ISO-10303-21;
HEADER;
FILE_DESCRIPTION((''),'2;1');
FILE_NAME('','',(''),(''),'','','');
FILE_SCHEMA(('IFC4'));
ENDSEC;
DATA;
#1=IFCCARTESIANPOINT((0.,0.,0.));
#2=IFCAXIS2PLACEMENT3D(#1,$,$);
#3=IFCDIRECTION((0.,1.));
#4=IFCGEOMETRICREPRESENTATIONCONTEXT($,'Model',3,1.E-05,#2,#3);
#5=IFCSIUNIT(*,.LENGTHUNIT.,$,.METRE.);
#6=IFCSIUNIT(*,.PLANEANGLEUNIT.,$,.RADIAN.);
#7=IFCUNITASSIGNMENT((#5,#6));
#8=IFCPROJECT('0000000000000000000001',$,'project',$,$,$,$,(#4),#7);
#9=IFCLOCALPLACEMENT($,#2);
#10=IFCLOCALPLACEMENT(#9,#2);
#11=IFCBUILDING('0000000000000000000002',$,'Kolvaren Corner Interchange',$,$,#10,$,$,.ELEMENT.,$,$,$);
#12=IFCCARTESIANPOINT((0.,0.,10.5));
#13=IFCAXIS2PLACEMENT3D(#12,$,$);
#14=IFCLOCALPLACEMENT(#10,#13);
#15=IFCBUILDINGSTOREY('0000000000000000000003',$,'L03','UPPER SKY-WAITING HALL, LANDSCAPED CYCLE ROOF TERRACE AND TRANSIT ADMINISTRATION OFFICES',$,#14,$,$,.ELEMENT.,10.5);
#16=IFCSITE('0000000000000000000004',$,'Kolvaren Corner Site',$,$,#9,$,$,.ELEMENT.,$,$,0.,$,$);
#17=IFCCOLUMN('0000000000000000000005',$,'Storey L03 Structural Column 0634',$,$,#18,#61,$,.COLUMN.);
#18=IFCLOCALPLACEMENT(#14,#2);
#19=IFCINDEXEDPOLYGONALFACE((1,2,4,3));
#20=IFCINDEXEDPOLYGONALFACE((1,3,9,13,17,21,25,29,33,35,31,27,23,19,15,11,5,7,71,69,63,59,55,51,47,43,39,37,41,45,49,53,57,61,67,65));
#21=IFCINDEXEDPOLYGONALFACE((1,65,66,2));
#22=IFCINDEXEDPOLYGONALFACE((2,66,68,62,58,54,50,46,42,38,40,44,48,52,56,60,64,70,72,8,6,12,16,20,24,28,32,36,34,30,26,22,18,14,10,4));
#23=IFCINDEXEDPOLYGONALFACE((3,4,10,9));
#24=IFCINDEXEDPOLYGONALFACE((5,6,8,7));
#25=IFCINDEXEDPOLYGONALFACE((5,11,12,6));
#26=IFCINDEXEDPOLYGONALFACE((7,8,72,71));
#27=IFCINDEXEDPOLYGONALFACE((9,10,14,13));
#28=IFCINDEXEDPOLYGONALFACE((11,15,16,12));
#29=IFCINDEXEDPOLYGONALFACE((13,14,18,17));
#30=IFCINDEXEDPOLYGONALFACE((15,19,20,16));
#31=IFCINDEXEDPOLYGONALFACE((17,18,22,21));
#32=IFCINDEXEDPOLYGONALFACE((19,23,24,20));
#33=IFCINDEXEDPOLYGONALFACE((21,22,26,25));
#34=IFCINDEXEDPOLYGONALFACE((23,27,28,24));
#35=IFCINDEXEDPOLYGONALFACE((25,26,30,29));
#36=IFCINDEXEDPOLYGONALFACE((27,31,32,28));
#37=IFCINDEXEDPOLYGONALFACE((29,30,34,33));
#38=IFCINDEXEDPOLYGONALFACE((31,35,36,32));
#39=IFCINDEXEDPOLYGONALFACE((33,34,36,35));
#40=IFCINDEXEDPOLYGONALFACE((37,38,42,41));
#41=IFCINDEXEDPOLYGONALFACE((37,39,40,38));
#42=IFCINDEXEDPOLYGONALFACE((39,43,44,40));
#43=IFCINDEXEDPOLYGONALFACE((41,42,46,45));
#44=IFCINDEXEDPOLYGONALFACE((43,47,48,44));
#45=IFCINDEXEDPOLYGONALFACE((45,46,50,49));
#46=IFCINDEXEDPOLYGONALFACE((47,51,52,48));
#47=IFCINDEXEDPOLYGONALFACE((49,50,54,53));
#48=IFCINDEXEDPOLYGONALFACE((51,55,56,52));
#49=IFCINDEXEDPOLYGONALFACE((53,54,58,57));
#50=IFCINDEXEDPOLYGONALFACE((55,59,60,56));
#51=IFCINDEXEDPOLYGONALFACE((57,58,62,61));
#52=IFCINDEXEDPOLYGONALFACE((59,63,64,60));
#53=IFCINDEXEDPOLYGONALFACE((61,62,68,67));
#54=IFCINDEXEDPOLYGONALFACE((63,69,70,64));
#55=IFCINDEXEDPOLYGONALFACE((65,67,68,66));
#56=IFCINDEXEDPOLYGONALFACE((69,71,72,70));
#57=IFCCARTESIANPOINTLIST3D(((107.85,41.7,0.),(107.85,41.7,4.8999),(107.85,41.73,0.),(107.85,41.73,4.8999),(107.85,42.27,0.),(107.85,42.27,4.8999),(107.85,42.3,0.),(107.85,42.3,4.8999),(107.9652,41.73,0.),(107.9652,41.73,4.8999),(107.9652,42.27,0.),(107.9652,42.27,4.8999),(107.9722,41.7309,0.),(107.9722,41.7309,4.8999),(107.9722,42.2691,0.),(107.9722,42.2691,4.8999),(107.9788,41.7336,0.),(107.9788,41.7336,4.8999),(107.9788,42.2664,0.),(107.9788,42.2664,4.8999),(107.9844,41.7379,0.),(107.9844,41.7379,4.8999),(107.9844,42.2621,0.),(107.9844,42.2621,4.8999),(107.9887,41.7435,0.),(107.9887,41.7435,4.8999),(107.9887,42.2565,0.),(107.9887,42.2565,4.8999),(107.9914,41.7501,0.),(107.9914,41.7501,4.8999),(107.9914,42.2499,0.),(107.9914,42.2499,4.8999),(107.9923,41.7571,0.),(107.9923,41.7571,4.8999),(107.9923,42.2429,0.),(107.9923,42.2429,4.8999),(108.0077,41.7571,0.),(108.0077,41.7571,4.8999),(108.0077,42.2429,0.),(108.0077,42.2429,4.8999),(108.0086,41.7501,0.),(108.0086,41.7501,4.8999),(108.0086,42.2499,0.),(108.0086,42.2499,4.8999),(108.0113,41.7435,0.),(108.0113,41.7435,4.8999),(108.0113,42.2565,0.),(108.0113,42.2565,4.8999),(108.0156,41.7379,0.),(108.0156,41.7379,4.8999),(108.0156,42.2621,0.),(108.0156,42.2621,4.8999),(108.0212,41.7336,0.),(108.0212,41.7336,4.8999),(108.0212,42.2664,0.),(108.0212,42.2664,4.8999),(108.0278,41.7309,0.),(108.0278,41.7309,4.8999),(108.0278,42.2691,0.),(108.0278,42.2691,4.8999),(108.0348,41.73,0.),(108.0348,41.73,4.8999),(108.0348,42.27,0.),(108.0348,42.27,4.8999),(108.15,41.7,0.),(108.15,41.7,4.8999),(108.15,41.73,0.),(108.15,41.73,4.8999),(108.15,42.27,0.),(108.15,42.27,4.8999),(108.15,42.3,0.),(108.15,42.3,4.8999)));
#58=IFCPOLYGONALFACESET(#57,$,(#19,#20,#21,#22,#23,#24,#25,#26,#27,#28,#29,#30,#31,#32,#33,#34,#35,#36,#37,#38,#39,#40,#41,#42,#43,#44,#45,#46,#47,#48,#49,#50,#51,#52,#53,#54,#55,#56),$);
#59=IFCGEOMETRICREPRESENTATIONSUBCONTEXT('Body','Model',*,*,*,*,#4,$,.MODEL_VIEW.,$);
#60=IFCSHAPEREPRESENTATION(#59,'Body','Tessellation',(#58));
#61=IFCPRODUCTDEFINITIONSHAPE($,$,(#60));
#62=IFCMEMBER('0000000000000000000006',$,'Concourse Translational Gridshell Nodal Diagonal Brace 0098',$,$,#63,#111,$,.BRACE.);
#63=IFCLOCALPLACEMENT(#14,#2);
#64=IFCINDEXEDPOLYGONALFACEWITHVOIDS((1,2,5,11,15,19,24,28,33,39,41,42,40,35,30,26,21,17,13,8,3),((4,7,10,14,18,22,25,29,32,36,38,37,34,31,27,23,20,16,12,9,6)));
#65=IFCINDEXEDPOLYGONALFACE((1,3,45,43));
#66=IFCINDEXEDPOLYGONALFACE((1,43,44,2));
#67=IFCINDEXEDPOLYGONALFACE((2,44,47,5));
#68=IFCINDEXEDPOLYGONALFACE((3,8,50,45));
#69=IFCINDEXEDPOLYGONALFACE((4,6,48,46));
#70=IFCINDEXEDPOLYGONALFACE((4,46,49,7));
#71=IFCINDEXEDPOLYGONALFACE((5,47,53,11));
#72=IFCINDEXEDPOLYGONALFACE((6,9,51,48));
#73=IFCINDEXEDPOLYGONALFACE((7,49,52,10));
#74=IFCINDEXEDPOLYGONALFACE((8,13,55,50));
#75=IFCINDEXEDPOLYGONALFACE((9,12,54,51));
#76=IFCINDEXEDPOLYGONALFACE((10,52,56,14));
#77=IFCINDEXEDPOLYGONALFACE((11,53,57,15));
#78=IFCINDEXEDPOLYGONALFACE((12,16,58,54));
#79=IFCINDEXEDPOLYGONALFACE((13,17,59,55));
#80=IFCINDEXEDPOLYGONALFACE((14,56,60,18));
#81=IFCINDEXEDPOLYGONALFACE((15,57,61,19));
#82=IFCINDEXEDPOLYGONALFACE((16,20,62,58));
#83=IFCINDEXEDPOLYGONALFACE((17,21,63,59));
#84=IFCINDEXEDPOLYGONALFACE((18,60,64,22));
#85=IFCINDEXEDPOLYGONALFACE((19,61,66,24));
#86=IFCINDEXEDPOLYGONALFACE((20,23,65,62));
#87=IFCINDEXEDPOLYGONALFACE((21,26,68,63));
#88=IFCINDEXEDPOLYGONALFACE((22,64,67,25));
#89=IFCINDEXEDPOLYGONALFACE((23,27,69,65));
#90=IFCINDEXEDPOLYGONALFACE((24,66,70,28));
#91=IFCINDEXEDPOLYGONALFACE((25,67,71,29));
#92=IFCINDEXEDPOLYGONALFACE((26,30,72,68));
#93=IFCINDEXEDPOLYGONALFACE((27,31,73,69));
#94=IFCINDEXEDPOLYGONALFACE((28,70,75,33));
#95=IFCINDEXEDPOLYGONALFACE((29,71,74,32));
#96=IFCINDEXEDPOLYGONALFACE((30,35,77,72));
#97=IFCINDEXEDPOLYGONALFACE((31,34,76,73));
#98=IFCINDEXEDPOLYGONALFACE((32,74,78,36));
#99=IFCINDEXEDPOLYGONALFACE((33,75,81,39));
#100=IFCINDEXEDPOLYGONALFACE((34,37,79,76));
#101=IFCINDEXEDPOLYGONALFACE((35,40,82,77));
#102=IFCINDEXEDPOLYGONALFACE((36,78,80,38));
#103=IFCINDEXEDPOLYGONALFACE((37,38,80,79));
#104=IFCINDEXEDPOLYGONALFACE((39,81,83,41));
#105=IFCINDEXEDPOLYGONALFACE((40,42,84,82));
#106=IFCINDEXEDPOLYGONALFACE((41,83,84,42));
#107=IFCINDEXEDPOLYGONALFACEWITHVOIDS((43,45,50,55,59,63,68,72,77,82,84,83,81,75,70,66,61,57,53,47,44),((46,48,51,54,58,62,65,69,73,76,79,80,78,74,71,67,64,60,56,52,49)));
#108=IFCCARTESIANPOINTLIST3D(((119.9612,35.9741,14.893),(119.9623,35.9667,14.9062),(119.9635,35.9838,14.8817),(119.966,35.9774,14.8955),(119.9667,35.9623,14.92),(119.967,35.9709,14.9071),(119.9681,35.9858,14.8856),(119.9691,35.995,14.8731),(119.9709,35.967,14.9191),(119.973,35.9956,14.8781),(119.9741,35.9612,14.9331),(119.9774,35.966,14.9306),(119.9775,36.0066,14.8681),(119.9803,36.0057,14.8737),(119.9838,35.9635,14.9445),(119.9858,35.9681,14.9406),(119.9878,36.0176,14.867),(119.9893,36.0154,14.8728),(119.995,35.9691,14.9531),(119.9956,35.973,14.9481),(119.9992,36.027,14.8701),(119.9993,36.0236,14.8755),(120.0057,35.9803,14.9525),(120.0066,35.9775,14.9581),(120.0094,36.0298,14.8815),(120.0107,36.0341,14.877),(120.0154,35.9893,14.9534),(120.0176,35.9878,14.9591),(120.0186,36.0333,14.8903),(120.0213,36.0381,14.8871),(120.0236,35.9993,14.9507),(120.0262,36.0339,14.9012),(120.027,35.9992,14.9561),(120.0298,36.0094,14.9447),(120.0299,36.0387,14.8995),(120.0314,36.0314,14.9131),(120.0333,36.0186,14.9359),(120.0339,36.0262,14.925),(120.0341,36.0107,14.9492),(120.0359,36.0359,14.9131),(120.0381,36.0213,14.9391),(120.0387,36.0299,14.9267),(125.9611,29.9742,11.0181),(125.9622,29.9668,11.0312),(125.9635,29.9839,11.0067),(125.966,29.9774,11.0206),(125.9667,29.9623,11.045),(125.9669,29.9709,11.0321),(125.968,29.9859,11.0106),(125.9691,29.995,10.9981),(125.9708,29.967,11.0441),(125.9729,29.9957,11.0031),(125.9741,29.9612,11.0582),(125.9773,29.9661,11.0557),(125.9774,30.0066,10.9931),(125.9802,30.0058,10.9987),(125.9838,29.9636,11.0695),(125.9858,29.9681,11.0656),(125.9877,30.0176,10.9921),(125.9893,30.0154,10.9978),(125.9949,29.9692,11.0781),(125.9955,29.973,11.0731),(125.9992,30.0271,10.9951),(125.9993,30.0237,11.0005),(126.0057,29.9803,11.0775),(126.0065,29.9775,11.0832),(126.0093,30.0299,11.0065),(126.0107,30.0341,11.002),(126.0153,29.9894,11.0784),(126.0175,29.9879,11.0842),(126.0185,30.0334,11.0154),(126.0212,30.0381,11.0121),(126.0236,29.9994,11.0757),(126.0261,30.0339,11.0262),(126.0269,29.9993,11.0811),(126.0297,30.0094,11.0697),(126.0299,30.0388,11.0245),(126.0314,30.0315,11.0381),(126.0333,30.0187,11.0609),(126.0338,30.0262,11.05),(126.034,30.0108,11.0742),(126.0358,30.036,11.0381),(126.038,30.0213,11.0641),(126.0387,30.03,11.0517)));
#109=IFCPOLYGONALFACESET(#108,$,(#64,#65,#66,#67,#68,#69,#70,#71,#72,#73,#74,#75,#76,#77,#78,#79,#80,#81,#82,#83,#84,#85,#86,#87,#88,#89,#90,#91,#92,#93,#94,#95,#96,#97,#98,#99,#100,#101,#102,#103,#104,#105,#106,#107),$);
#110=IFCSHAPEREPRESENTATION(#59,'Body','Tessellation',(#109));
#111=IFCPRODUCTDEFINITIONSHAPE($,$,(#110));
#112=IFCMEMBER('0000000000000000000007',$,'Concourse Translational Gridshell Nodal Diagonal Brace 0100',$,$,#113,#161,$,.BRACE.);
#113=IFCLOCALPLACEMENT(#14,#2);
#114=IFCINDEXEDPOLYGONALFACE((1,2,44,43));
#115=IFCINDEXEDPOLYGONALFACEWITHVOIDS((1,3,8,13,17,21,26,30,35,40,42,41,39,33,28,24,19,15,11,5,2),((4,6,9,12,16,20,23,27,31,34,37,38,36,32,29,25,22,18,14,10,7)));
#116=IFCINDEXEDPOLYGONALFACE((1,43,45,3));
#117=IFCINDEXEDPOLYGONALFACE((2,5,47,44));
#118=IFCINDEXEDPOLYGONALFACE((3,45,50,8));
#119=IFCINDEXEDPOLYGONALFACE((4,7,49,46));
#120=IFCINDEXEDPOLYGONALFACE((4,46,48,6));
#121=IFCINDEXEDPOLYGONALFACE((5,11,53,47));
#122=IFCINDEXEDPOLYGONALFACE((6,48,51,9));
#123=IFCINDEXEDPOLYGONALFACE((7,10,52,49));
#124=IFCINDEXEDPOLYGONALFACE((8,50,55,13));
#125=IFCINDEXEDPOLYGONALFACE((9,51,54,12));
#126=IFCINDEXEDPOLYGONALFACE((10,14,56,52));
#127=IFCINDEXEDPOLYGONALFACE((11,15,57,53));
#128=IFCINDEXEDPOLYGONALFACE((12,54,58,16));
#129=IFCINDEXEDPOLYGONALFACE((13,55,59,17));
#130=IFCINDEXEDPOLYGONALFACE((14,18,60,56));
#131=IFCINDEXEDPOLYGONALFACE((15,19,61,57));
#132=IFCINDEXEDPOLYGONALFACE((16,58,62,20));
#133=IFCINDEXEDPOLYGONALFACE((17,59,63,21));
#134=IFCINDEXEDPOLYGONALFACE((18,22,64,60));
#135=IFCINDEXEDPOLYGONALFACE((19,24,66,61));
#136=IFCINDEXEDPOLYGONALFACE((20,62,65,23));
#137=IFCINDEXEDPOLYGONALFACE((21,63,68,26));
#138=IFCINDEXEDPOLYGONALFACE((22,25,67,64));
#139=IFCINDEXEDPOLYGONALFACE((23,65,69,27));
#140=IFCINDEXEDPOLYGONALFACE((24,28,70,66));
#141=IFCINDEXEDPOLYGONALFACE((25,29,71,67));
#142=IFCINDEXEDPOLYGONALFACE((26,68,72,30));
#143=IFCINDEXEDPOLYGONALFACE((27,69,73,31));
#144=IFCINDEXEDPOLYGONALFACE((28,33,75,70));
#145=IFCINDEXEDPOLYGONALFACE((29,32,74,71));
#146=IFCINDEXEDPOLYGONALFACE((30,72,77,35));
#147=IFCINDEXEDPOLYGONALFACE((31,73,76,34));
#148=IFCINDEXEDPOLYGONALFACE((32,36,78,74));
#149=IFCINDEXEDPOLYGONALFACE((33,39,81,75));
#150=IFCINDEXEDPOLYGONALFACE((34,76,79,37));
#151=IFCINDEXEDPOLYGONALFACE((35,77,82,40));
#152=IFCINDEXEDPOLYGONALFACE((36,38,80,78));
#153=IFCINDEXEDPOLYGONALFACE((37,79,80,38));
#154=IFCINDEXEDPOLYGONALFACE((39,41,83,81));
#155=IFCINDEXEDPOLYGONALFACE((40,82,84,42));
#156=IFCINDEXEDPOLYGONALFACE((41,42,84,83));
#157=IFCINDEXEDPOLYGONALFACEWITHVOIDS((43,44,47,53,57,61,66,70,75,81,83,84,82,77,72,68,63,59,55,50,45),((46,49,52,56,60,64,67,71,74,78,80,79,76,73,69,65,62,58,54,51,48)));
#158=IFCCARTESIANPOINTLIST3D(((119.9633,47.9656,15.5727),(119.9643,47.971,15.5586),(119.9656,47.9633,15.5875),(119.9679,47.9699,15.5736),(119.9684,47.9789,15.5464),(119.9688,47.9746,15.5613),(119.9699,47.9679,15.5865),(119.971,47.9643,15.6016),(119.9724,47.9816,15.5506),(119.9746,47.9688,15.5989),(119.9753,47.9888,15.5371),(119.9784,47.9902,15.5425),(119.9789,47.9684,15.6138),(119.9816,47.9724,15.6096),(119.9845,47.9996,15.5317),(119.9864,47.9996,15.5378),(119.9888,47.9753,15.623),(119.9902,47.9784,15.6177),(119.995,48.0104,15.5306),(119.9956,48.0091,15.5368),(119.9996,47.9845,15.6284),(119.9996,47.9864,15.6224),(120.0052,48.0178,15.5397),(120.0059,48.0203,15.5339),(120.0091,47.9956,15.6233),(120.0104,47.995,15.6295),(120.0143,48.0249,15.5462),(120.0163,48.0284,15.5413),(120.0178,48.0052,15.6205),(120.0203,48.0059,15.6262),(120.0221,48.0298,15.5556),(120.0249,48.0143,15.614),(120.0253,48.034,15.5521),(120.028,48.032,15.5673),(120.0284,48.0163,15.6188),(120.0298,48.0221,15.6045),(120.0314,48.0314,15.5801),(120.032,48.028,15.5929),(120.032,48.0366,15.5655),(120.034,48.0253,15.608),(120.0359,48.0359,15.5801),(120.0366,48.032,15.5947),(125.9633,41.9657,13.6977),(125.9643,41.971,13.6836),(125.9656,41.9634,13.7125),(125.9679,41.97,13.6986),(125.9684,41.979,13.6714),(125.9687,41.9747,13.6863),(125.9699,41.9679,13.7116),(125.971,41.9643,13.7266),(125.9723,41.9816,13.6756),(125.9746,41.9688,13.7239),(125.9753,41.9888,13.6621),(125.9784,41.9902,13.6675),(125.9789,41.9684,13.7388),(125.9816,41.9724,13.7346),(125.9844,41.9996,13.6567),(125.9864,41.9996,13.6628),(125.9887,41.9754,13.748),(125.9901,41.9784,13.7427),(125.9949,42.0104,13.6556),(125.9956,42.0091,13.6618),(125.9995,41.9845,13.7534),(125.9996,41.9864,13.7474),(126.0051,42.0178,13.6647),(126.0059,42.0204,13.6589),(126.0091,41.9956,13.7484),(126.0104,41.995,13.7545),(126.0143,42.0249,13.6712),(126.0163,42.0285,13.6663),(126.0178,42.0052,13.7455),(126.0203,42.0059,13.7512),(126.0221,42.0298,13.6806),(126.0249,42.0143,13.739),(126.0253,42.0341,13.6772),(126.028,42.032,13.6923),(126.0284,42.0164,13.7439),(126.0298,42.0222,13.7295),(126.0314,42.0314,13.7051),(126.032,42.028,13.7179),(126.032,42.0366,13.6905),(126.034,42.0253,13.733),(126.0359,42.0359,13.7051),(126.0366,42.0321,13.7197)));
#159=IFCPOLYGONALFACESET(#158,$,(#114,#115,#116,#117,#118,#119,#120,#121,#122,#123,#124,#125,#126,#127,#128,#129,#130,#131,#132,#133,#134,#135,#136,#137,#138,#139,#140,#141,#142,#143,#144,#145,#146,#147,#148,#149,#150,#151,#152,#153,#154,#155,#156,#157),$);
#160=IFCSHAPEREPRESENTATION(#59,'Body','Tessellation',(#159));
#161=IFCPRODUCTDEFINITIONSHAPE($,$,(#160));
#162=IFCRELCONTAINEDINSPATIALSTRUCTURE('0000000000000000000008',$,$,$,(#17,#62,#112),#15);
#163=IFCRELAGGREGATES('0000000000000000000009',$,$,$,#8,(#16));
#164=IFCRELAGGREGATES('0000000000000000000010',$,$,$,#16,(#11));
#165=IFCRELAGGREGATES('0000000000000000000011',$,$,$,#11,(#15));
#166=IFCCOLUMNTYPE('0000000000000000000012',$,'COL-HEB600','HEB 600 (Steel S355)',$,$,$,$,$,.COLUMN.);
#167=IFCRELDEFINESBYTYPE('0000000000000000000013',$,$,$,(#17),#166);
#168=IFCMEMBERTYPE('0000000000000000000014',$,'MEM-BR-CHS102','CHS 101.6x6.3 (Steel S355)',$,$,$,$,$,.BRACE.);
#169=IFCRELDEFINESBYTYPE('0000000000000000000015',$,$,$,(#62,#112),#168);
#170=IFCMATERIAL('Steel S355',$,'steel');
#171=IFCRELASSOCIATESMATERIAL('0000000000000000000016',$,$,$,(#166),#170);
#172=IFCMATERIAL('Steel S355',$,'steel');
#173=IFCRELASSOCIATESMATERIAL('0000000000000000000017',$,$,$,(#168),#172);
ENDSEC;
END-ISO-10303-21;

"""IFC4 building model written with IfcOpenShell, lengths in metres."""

from ifc_helpers import new_model, si_unit, direction, frame, origin, origin_2d, place, context, subcontext, project, spatial, hollow_circle, i_section, extrude, material, material_profile, profile_set, type_object, element, save


model = new_model("IFC4")

# Units and contexts
model_context = context("Model", 3, precision=1e-05, world=origin(), true_north=direction((0.0, 1.0)))
body_context = subcontext(model_context, "Body", "Model", "MODEL_VIEW")
ifc_project = project(units=[si_unit("LENGTHUNIT", "METRE"), si_unit("PLANEANGLEUNIT", "RADIAN")], contexts=[model_context])

# Site, building, storey
site_placement = place(None, origin())
site = spatial("IfcSite", under=ifc_project, at=site_placement, Name="Kolvaren Corner Site", CompositionType="ELEMENT", RefElevation=0.0)
building_placement = place(site_placement, origin())
building = spatial("IfcBuilding", under=site, at=building_placement, Name="Kolvaren Corner Interchange", CompositionType="ELEMENT")
storey_placement = place(building_placement, frame((0.0, 0.0, 10.5)))
storey = spatial("IfcBuildingStorey", under=building, at=storey_placement, Name="L03", Description="UPPER SKY-WAITING HALL, LANDSCAPED CYCLE ROOF TERRACE AND TRANSIT ADMINISTRATION OFFICES", CompositionType="ELEMENT", Elevation=10.5)

# Column
ifc_material_1 = material(Name="Steel S355", Category="steel")
ifc_material_profile_1 = material_profile(ifc_material_1, i_section(OverallWidth=0.3, OverallDepth=0.6001, WebThickness=0.0154, FlangeThickness=0.03, FilletRadius=0.0271, at=origin_2d()), Name="HEB 600")
ifc_profile_set_1 = profile_set([ifc_material_profile_1], Name="Steel S355")
column_type = type_object("IfcColumnType", Name="COL-HEB600", Description="HEB 600 (Steel S355)", PredefinedType="COLUMN", material=ifc_profile_set_1)
column_placement = place(storey_placement, frame((108.0, 42.0, 0.0), z_axis=(0.0, 0.0, 1.0), x_axis=(1.0, 0.0, 0.0)))
element("IfcColumn", 1, at=column_placement, inside=storey, type_object=column_type, Name="Storey L03 Structural Column 0634", PredefinedType="COLUMN", context=body_context, shape_type="SweptSolid", body=[
    extrude(i_section(OverallWidth=0.3, OverallDepth=0.6001, WebThickness=0.0154, FlangeThickness=0.03, FilletRadius=0.0271, at=origin_2d()), origin(), (0.0, 0.0, 1.0), 4.8999),
])

# Members
ifc_material_2 = material(Name="Steel S355", Category="steel")
ifc_material_profile_2 = material_profile(ifc_material_2, hollow_circle(Radius=0.0508, WallThickness=0.0063, at=origin_2d()), Name="CHS 101.6x6.3")
ifc_profile_set_2 = profile_set([ifc_material_profile_2], Name="Steel S355")
member_type_1 = type_object("IfcMemberType", Name="MEM-BR-CHS102", Description="CHS 101.6x6.3 (Steel S355)", PredefinedType="BRACE", material=ifc_profile_set_2)
member_1_placement = place(storey_placement, frame((120.0, 36.0, 14.9131), z_axis=(0.64321, -0.64321, -0.415406), x_axis=(0.707107, 0.707107, 0.0)))
element("IfcMember", 2, at=member_1_placement, inside=storey, type_object=member_type_1, Name="Concourse Translational Gridshell Nodal Diagonal Brace 0098", PredefinedType="BRACE", context=body_context, shape_type="SweptSolid", body=[
    extrude(hollow_circle(Radius=0.0508, WallThickness=0.0063, at=origin_2d()), origin(), (0.0, 0.0, 1.0), 9.3281),
])
member_2_placement = place(storey_placement, frame((120.0, 48.0, 15.5801), z_axis=(0.690451, -0.690451, -0.215766), x_axis=(0.707107, 0.707107, 0.0)))
element("IfcMember", 3, at=member_2_placement, inside=storey, type_object=member_type_1, Name="Concourse Translational Gridshell Nodal Diagonal Brace 0100", PredefinedType="BRACE", context=body_context, shape_type="SweptSolid", body=[
    extrude(hollow_circle(Radius=0.0508, WallThickness=0.0063, at=origin_2d()), origin(), (0.0, 0.0, 1.0), 8.6899),
])

save(model, "model.ifc")
